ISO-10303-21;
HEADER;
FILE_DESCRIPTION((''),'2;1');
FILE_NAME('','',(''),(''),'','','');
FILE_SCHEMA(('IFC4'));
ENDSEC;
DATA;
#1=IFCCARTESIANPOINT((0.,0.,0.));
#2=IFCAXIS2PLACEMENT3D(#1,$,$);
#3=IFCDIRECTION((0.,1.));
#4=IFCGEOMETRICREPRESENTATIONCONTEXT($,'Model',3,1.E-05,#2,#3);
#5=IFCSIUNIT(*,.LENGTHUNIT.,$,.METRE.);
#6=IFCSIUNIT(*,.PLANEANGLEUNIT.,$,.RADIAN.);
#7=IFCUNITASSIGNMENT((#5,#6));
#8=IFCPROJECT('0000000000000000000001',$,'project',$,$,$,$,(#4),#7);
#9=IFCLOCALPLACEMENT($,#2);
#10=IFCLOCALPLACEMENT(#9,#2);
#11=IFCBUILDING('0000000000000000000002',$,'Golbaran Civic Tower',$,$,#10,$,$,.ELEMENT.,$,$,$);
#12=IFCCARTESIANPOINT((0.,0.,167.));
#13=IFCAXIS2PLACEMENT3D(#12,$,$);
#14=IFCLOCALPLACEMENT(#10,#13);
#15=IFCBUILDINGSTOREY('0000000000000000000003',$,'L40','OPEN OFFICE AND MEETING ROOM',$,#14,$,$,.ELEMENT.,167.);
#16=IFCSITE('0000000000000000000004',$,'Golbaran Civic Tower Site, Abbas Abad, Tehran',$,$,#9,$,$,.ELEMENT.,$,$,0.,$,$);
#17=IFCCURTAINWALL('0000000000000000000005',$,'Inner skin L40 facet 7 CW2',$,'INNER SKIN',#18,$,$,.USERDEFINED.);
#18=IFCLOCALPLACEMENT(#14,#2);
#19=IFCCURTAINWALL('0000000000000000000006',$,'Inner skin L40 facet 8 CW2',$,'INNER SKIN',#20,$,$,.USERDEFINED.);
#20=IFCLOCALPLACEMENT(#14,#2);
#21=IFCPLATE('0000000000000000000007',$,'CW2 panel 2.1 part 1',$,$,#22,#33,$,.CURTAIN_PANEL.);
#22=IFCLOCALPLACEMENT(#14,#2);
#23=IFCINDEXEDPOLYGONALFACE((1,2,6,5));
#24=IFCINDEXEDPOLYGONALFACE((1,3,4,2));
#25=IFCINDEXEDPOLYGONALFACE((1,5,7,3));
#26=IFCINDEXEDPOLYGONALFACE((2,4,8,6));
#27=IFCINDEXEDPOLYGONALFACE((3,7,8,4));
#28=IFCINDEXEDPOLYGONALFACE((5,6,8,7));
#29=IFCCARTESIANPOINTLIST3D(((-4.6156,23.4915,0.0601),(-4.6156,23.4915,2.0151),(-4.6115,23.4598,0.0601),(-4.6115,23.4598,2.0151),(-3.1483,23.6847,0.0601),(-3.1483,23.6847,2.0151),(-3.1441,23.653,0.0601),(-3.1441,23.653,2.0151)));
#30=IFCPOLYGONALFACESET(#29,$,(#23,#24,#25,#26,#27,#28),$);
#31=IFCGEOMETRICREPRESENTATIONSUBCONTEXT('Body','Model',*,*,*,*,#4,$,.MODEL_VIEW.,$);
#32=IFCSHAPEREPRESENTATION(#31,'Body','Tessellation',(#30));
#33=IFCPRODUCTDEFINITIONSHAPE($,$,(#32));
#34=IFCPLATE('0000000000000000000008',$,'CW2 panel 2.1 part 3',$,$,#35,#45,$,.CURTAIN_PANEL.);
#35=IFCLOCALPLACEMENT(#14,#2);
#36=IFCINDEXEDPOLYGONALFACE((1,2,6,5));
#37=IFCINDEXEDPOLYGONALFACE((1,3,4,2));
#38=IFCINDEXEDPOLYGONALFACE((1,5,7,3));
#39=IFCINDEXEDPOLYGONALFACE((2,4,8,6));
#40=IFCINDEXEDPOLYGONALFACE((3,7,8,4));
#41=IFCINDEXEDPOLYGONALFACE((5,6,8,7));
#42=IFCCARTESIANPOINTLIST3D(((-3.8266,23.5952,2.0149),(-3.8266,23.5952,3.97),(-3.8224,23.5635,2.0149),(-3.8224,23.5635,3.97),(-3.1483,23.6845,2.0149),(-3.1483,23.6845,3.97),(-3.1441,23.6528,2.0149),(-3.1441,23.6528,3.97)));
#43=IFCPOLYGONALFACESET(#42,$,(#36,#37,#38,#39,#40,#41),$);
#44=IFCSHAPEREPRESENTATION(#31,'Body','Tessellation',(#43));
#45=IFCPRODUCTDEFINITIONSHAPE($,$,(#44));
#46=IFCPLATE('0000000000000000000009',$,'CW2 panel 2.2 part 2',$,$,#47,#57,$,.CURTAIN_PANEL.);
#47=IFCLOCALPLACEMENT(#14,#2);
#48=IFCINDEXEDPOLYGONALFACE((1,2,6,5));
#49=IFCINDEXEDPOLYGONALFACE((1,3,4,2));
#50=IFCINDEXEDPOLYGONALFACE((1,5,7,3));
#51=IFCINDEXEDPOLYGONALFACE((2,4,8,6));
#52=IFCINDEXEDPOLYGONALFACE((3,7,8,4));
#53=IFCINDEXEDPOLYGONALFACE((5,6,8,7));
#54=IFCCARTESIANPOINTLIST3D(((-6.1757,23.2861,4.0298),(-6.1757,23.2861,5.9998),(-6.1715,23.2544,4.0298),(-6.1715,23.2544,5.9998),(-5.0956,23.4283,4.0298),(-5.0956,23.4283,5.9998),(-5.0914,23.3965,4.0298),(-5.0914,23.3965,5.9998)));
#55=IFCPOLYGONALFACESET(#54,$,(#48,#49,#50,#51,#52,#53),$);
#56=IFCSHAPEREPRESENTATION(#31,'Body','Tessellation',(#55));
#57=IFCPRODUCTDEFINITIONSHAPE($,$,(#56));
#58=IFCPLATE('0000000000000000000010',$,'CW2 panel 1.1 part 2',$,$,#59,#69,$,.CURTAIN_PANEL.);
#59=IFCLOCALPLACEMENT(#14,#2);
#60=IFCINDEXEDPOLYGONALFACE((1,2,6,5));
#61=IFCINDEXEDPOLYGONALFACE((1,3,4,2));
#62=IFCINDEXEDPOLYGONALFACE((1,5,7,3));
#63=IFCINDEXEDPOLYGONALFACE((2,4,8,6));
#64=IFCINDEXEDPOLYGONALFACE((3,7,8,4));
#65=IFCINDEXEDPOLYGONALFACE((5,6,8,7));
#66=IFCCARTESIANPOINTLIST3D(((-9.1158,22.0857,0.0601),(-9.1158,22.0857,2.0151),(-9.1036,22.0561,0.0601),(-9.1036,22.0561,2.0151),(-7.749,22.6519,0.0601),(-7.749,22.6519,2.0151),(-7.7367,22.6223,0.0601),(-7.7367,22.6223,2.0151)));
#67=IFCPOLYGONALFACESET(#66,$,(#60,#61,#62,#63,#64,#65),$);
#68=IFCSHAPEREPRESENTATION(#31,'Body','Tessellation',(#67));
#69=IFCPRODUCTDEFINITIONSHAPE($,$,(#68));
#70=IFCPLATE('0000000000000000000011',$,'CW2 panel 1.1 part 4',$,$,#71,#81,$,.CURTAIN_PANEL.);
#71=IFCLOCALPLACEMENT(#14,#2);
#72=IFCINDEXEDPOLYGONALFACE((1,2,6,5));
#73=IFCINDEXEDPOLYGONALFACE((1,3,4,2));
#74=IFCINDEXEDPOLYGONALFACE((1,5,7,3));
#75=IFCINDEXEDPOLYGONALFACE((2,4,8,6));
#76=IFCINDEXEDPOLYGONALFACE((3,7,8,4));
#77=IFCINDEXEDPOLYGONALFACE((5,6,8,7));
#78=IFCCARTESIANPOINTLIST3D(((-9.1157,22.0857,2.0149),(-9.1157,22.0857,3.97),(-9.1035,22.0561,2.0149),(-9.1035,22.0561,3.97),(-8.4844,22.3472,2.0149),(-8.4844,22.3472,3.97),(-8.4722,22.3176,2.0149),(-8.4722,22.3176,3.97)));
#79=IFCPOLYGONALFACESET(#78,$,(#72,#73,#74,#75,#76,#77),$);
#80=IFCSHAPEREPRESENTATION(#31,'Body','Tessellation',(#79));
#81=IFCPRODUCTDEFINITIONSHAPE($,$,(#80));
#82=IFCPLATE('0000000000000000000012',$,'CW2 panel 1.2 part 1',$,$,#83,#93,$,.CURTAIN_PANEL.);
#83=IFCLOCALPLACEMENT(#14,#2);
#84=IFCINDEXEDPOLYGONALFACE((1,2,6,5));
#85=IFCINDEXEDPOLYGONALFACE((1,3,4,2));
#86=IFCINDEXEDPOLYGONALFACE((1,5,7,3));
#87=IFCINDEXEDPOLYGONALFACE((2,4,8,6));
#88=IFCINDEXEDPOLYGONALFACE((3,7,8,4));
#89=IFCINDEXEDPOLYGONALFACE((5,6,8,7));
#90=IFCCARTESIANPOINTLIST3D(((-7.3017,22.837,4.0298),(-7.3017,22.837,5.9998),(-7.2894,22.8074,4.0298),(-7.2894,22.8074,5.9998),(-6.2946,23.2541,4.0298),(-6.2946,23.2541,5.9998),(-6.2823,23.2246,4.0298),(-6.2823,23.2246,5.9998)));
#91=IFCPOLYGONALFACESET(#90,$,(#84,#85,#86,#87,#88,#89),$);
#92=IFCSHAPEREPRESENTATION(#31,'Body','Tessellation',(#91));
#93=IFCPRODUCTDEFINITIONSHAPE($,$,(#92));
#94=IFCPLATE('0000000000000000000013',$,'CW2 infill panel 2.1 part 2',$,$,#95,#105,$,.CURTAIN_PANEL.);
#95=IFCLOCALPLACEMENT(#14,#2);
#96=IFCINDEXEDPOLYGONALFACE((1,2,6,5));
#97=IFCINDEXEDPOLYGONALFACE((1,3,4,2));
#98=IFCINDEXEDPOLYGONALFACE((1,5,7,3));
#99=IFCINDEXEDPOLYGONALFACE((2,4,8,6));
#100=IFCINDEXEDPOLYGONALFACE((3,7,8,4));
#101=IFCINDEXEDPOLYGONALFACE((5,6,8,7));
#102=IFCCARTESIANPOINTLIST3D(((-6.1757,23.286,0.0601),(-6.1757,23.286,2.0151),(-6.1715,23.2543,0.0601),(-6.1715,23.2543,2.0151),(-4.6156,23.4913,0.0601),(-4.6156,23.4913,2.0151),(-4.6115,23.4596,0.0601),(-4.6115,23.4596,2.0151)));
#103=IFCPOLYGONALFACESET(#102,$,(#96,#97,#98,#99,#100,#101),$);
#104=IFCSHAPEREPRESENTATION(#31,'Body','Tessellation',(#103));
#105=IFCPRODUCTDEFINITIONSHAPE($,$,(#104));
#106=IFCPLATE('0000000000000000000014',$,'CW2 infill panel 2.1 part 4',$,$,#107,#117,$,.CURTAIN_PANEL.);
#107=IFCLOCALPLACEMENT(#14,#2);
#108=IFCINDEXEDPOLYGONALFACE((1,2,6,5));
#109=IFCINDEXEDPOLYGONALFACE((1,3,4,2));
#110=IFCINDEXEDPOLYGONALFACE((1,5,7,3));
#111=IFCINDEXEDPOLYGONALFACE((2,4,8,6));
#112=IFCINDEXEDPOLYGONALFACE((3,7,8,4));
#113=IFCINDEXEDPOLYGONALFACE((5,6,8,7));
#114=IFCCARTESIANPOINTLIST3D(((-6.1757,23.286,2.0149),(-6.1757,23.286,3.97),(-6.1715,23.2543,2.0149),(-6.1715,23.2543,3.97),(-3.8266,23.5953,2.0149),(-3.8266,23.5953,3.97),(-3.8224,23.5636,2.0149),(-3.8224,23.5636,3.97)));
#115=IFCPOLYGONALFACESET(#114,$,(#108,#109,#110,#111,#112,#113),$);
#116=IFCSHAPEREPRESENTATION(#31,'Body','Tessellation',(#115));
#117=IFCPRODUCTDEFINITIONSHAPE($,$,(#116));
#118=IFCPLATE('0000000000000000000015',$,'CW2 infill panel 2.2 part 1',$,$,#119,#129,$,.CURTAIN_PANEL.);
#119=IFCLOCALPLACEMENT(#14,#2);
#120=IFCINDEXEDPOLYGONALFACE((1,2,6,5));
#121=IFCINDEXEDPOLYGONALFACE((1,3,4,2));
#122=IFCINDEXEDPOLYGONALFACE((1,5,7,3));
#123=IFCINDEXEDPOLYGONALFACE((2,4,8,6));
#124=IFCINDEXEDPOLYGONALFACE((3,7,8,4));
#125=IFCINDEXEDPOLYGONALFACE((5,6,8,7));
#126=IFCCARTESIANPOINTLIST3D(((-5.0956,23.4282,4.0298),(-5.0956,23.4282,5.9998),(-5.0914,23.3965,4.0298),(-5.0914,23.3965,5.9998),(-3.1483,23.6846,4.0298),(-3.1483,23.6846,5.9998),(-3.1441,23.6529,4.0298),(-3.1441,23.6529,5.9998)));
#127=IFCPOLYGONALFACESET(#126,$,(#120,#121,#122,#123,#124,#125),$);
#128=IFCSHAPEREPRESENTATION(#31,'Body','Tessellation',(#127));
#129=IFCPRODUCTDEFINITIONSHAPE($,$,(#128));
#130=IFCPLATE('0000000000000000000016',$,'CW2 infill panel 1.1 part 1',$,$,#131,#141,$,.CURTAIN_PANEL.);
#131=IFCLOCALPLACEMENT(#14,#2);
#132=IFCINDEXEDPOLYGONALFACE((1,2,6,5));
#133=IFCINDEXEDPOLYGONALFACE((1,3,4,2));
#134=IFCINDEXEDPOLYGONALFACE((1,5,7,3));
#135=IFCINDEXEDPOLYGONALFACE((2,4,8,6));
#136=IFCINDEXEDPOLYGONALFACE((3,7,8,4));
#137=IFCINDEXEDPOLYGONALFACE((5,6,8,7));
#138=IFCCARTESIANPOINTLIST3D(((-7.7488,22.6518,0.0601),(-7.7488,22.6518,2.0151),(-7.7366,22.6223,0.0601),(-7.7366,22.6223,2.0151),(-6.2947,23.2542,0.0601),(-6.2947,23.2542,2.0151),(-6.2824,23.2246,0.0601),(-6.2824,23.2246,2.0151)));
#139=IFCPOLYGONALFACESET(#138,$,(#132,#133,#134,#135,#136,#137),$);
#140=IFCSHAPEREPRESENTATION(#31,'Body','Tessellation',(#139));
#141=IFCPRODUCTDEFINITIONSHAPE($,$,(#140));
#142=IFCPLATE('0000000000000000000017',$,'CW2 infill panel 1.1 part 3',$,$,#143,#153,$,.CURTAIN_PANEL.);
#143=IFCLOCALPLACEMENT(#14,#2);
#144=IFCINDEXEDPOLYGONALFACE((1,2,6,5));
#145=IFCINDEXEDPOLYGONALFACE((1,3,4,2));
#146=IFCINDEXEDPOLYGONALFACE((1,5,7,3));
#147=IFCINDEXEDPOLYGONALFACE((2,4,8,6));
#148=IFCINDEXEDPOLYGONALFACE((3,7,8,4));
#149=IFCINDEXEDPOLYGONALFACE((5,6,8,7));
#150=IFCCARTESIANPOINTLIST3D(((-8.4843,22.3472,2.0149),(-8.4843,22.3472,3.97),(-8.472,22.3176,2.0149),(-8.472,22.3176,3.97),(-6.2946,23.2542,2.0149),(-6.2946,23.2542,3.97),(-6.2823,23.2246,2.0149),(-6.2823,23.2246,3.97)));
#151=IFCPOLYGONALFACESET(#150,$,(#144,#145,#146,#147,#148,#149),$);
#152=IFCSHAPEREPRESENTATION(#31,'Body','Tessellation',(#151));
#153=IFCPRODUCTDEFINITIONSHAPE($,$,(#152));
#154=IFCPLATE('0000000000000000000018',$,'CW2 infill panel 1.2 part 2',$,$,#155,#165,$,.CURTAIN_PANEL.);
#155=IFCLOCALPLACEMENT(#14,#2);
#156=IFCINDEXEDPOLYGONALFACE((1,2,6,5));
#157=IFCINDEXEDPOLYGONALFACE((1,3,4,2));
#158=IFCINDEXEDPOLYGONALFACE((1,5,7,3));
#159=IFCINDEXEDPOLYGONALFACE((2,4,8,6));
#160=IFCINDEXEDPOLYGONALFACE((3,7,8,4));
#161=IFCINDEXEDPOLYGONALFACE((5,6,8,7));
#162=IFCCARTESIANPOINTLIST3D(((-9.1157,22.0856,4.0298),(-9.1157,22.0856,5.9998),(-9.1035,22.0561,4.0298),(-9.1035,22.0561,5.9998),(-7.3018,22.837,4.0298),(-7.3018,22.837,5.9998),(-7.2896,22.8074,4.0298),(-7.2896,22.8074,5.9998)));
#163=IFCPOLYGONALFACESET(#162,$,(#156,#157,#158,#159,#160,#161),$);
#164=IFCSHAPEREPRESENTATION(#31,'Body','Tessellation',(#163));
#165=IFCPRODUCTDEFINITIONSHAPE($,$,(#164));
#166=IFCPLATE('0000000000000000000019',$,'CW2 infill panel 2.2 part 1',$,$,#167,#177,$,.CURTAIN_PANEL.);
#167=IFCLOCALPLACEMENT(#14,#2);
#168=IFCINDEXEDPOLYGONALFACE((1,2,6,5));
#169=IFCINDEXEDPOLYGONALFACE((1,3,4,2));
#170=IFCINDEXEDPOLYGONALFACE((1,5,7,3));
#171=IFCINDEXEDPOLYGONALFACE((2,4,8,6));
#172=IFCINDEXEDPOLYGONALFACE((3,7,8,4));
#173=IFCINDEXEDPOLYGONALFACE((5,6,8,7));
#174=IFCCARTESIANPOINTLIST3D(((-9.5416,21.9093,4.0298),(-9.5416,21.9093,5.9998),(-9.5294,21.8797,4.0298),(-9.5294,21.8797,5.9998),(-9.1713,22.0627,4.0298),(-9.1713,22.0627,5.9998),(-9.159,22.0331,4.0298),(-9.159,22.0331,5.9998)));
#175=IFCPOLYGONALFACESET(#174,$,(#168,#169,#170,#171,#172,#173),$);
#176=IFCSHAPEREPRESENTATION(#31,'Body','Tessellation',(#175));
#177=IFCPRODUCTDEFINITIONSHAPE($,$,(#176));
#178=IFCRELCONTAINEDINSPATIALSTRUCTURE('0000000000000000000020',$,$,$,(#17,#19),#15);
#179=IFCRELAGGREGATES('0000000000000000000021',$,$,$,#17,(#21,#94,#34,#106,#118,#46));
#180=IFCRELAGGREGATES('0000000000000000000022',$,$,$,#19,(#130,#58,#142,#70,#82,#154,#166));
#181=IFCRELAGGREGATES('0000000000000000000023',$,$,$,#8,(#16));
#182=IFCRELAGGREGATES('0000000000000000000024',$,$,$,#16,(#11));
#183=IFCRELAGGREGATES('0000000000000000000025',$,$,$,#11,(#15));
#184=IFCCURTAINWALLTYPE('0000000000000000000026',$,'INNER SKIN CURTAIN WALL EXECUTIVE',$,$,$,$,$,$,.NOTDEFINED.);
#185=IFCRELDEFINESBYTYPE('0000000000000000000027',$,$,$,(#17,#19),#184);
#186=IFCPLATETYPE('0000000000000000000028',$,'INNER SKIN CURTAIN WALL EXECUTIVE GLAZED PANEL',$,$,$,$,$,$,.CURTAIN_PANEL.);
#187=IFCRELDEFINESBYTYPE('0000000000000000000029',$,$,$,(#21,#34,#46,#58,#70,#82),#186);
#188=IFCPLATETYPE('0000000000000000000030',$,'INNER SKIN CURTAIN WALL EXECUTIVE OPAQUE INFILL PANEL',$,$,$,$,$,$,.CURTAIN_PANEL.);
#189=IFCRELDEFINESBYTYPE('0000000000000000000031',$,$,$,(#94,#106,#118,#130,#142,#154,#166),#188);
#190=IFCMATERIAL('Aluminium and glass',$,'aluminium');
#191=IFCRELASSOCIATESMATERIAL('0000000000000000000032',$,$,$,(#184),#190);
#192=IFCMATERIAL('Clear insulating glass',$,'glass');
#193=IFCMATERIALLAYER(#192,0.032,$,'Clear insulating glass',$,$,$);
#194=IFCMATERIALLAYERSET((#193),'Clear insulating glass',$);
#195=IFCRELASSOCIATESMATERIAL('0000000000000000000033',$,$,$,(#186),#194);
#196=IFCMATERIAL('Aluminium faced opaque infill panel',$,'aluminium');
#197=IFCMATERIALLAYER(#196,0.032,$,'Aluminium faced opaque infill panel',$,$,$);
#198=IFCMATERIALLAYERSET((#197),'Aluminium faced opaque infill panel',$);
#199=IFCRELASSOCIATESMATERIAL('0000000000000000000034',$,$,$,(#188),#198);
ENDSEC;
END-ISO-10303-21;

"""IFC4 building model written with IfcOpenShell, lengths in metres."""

from ifc_helpers import new_model, si_unit, direction, frame, origin, origin_2d, place, context, subcontext, project, spatial, rectangle, extrude, material, layer, layer_set, type_object, element, aggregate, save


model = new_model("IFC4")

# Units and contexts
model_context = context("Model", 3, precision=1e-05, world=origin(), true_north=direction((0.0, 1.0)))
body_context = subcontext(model_context, "Body", "Model", "MODEL_VIEW")
ifc_project = project(units=[si_unit("LENGTHUNIT", "METRE"), si_unit("PLANEANGLEUNIT", "RADIAN")], contexts=[model_context])

# Site, building, storey
site_placement = place(None, origin())
site = spatial("IfcSite", under=ifc_project, at=site_placement, Name="Golbaran Civic Tower Site, Abbas Abad, Tehran", CompositionType="ELEMENT", RefElevation=0.0)
building_placement = place(site_placement, origin())
building = spatial("IfcBuilding", under=site, at=building_placement, Name="Golbaran Civic Tower", CompositionType="ELEMENT")
storey_placement = place(building_placement, frame((0.0, 0.0, 167.0)))
storey = spatial("IfcBuildingStorey", under=building, at=storey_placement, Name="L40", Description="OPEN OFFICE AND MEETING ROOM", CompositionType="ELEMENT", Elevation=167.0)

# Curtain wall
ifc_material_1 = material(Name="Aluminium and glass", Category="aluminium")
curtain_wall_type = type_object("IfcCurtainWallType", Name="INNER SKIN CURTAIN WALL EXECUTIVE", PredefinedType="NOTDEFINED", material=ifc_material_1)
curtain_wall_1_placement = place(storey_placement, origin())
curtain_wall_1 = element("IfcCurtainWall", 1, at=curtain_wall_1_placement, inside=storey, type_object=curtain_wall_type, Name="Inner skin L40 facet 7 CW2", ObjectType="INNER SKIN", PredefinedType="USERDEFINED")

# Curtain wall
curtain_wall_2_placement = place(storey_placement, origin())
curtain_wall_2 = element("IfcCurtainWall", 2, at=curtain_wall_2_placement, inside=storey, type_object=curtain_wall_type, Name="Inner skin L40 facet 8 CW2", ObjectType="INNER SKIN", PredefinedType="USERDEFINED")

# Plates
ifc_material_2 = material(Name="Clear insulating glass", Category="glass")
ifc_layer_1 = layer(ifc_material_2, 0.032, Name="Clear insulating glass")
ifc_layer_set_1 = layer_set([ifc_layer_1], Name="Clear insulating glass")
plate_type_1 = type_object("IfcPlateType", Name="INNER SKIN CURTAIN WALL EXECUTIVE GLAZED PANEL", PredefinedType="CURTAIN_PANEL", material=ifc_layer_set_1)
plate_1_placement = place(storey_placement, frame((-3.8799, 23.5723, 0.0601), z_axis=(0.0, 0.0, 1.0), x_axis=(-0.991445, -0.130526, 0.0)))
plate_1 = element("IfcPlate", 3, at=plate_1_placement, type_object=plate_type_1, Name="CW2 panel 2.1 part 1", PredefinedType="CURTAIN_PANEL", context=body_context, shape_type="SweptSolid", body=[
    extrude(rectangle(XDim=1.48, YDim=0.032, at=origin_2d()), origin(), (0.0, 0.0, 1.0), 1.9551),
])
plate_2_placement = place(storey_placement, frame((-3.4854, 23.624, 2.0149), z_axis=(0.0, 0.0, 1.0), x_axis=(-0.991445, -0.130526, 0.0)))
plate_2 = element("IfcPlate", 4, at=plate_2_placement, type_object=plate_type_1, Name="CW2 panel 2.1 part 3", PredefinedType="CURTAIN_PANEL", context=body_context, shape_type="SweptSolid", body=[
    extrude(rectangle(XDim=0.6841, YDim=0.032, at=origin_2d()), origin(), (0.0, 0.0, 1.0), 1.9551),
])
plate_3_placement = place(storey_placement, frame((-5.6335, 23.3413, 4.0298), z_axis=(0.0, 0.0, 1.0), x_axis=(-0.991445, -0.130526, 0.0)))
plate_3 = element("IfcPlate", 5, at=plate_3_placement, type_object=plate_type_1, Name="CW2 panel 2.2 part 2", PredefinedType="CURTAIN_PANEL", context=body_context, shape_type="SweptSolid", body=[
    extrude(rectangle(XDim=1.0894, YDim=0.032, at=origin_2d()), origin(), (0.0, 0.0, 1.0), 1.97),
])
plate_4_placement = place(storey_placement, frame((-8.4263, 22.354, 0.0601), z_axis=(0.0, 0.0, 1.0), x_axis=(-0.92388, -0.382683, 0.0)))
plate_4 = element("IfcPlate", 6, at=plate_4_placement, type_object=plate_type_1, Name="CW2 panel 1.1 part 2", PredefinedType="CURTAIN_PANEL", context=body_context, shape_type="SweptSolid", body=[
    extrude(rectangle(XDim=1.4795, YDim=0.032, at=origin_2d()), origin(), (0.0, 0.0, 1.0), 1.9551),
])
plate_5_placement = place(storey_placement, frame((-8.7939, 22.2017, 2.0149), z_axis=(0.0, 0.0, 1.0), x_axis=(-0.92388, -0.382683, 0.0)))
plate_5 = element("IfcPlate", 7, at=plate_5_placement, type_object=plate_type_1, Name="CW2 panel 1.1 part 4", PredefinedType="CURTAIN_PANEL", context=body_context, shape_type="SweptSolid", body=[
    extrude(rectangle(XDim=0.6833, YDim=0.032, at=origin_2d()), origin(), (0.0, 0.0, 1.0), 1.9551),
])
plate_6_placement = place(storey_placement, frame((-6.792, 23.0308, 4.0298), z_axis=(0.0, 0.0, 1.0), x_axis=(-0.92388, -0.382683, 0.0)))
plate_6 = element("IfcPlate", 8, at=plate_6_placement, type_object=plate_type_1, Name="CW2 panel 1.2 part 1", PredefinedType="CURTAIN_PANEL", context=body_context, shape_type="SweptSolid", body=[
    extrude(rectangle(XDim=1.0901, YDim=0.032, at=origin_2d()), origin(), (0.0, 0.0, 1.0), 1.97),
])
ifc_material_3 = material(Name="Aluminium faced opaque infill panel", Category="aluminium")
ifc_layer_2 = layer(ifc_material_3, 0.032, Name="Aluminium faced opaque infill panel")
ifc_layer_set_2 = layer_set([ifc_layer_2], Name="Aluminium faced opaque infill panel")
plate_type_2 = type_object("IfcPlateType", Name="INNER SKIN CURTAIN WALL EXECUTIVE OPAQUE INFILL PANEL", PredefinedType="CURTAIN_PANEL", material=ifc_layer_set_2)
plate_7_placement = place(storey_placement, frame((-5.3936, 23.3728, 0.0601), z_axis=(0.0, 0.0, 1.0), x_axis=(-0.991445, -0.130526, 0.0)))
plate_7 = element("IfcPlate", 9, at=plate_7_placement, type_object=plate_type_2, Name="CW2 infill panel 2.1 part 2", PredefinedType="CURTAIN_PANEL", context=body_context, shape_type="SweptSolid", body=[
    extrude(rectangle(XDim=1.5735, YDim=0.032, at=origin_2d()), origin(), (0.0, 0.0, 1.0), 1.9551),
])
plate_8_placement = place(storey_placement, frame((-4.999, 23.4248, 2.0149), z_axis=(0.0, 0.0, 1.0), x_axis=(-0.991445, -0.130526, 0.0)))
plate_8 = element("IfcPlate", 10, at=plate_8_placement, type_object=plate_type_2, Name="CW2 infill panel 2.1 part 4", PredefinedType="CURTAIN_PANEL", context=body_context, shape_type="SweptSolid", body=[
    extrude(rectangle(XDim=2.3694, YDim=0.032, at=origin_2d()), origin(), (0.0, 0.0, 1.0), 1.9551),
])
plate_9_placement = place(storey_placement, frame((-4.1199, 23.5405, 4.0298), z_axis=(0.0, 0.0, 1.0), x_axis=(-0.991445, -0.130526, 0.0)))
plate_9 = element("IfcPlate", 11, at=plate_9_placement, type_object=plate_type_2, Name="CW2 infill panel 2.2 part 1", PredefinedType="CURTAIN_PANEL", context=body_context, shape_type="SweptSolid", body=[
    extrude(rectangle(XDim=1.9641, YDim=0.032, at=origin_2d()), origin(), (0.0, 0.0, 1.0), 1.97),
])
aggregate(curtain_wall_1, [plate_1, plate_7, plate_2, plate_8, plate_9, plate_3])
plate_10_placement = place(storey_placement, frame((-7.0156, 22.9382, 0.0601), z_axis=(0.0, 0.0, 1.0), x_axis=(-0.92388, -0.382683, 0.0)))
plate_10 = element("IfcPlate", 12, at=plate_10_placement, type_object=plate_type_2, Name="CW2 infill panel 1.1 part 1", PredefinedType="CURTAIN_PANEL", context=body_context, shape_type="SweptSolid", body=[
    extrude(rectangle(XDim=1.574, YDim=0.032, at=origin_2d()), origin(), (0.0, 0.0, 1.0), 1.9551),
])
plate_11_placement = place(storey_placement, frame((-7.3833, 22.7859, 2.0149), z_axis=(0.0, 0.0, 1.0), x_axis=(-0.92388, -0.382683, 0.0)))
plate_11 = element("IfcPlate", 13, at=plate_11_placement, type_object=plate_type_2, Name="CW2 infill panel 1.1 part 3", PredefinedType="CURTAIN_PANEL", context=body_context, shape_type="SweptSolid", body=[
    extrude(rectangle(XDim=2.3701, YDim=0.032, at=origin_2d()), origin(), (0.0, 0.0, 1.0), 1.9551),
])
plate_12_placement = place(storey_placement, frame((-8.2026, 22.4465, 4.0298), z_axis=(0.0, 0.0, 1.0), x_axis=(-0.92388, -0.382683, 0.0)))
plate_12 = element("IfcPlate", 14, at=plate_12_placement, type_object=plate_type_2, Name="CW2 infill panel 1.2 part 2", PredefinedType="CURTAIN_PANEL", context=body_context, shape_type="SweptSolid", body=[
    extrude(rectangle(XDim=1.9634, YDim=0.032, at=origin_2d()), origin(), (0.0, 0.0, 1.0), 1.97),
])
plate_13_placement = place(storey_placement, frame((-9.3503, 21.9712, 4.0298), z_axis=(0.0, 0.0, 1.0), x_axis=(-0.92388, -0.382683, 0.0)))
plate_13 = element("IfcPlate", 15, at=plate_13_placement, type_object=plate_type_2, Name="CW2 infill panel 2.2 part 1", PredefinedType="CURTAIN_PANEL", context=body_context, shape_type="SweptSolid", body=[
    extrude(rectangle(XDim=0.4009, YDim=0.032, at=origin_2d()), origin(), (0.0, 0.0, 1.0), 1.97),
])
aggregate(curtain_wall_2, [plate_10, plate_4, plate_11, plate_5, plate_6, plate_12, plate_13])

save(model, "model.ifc")
